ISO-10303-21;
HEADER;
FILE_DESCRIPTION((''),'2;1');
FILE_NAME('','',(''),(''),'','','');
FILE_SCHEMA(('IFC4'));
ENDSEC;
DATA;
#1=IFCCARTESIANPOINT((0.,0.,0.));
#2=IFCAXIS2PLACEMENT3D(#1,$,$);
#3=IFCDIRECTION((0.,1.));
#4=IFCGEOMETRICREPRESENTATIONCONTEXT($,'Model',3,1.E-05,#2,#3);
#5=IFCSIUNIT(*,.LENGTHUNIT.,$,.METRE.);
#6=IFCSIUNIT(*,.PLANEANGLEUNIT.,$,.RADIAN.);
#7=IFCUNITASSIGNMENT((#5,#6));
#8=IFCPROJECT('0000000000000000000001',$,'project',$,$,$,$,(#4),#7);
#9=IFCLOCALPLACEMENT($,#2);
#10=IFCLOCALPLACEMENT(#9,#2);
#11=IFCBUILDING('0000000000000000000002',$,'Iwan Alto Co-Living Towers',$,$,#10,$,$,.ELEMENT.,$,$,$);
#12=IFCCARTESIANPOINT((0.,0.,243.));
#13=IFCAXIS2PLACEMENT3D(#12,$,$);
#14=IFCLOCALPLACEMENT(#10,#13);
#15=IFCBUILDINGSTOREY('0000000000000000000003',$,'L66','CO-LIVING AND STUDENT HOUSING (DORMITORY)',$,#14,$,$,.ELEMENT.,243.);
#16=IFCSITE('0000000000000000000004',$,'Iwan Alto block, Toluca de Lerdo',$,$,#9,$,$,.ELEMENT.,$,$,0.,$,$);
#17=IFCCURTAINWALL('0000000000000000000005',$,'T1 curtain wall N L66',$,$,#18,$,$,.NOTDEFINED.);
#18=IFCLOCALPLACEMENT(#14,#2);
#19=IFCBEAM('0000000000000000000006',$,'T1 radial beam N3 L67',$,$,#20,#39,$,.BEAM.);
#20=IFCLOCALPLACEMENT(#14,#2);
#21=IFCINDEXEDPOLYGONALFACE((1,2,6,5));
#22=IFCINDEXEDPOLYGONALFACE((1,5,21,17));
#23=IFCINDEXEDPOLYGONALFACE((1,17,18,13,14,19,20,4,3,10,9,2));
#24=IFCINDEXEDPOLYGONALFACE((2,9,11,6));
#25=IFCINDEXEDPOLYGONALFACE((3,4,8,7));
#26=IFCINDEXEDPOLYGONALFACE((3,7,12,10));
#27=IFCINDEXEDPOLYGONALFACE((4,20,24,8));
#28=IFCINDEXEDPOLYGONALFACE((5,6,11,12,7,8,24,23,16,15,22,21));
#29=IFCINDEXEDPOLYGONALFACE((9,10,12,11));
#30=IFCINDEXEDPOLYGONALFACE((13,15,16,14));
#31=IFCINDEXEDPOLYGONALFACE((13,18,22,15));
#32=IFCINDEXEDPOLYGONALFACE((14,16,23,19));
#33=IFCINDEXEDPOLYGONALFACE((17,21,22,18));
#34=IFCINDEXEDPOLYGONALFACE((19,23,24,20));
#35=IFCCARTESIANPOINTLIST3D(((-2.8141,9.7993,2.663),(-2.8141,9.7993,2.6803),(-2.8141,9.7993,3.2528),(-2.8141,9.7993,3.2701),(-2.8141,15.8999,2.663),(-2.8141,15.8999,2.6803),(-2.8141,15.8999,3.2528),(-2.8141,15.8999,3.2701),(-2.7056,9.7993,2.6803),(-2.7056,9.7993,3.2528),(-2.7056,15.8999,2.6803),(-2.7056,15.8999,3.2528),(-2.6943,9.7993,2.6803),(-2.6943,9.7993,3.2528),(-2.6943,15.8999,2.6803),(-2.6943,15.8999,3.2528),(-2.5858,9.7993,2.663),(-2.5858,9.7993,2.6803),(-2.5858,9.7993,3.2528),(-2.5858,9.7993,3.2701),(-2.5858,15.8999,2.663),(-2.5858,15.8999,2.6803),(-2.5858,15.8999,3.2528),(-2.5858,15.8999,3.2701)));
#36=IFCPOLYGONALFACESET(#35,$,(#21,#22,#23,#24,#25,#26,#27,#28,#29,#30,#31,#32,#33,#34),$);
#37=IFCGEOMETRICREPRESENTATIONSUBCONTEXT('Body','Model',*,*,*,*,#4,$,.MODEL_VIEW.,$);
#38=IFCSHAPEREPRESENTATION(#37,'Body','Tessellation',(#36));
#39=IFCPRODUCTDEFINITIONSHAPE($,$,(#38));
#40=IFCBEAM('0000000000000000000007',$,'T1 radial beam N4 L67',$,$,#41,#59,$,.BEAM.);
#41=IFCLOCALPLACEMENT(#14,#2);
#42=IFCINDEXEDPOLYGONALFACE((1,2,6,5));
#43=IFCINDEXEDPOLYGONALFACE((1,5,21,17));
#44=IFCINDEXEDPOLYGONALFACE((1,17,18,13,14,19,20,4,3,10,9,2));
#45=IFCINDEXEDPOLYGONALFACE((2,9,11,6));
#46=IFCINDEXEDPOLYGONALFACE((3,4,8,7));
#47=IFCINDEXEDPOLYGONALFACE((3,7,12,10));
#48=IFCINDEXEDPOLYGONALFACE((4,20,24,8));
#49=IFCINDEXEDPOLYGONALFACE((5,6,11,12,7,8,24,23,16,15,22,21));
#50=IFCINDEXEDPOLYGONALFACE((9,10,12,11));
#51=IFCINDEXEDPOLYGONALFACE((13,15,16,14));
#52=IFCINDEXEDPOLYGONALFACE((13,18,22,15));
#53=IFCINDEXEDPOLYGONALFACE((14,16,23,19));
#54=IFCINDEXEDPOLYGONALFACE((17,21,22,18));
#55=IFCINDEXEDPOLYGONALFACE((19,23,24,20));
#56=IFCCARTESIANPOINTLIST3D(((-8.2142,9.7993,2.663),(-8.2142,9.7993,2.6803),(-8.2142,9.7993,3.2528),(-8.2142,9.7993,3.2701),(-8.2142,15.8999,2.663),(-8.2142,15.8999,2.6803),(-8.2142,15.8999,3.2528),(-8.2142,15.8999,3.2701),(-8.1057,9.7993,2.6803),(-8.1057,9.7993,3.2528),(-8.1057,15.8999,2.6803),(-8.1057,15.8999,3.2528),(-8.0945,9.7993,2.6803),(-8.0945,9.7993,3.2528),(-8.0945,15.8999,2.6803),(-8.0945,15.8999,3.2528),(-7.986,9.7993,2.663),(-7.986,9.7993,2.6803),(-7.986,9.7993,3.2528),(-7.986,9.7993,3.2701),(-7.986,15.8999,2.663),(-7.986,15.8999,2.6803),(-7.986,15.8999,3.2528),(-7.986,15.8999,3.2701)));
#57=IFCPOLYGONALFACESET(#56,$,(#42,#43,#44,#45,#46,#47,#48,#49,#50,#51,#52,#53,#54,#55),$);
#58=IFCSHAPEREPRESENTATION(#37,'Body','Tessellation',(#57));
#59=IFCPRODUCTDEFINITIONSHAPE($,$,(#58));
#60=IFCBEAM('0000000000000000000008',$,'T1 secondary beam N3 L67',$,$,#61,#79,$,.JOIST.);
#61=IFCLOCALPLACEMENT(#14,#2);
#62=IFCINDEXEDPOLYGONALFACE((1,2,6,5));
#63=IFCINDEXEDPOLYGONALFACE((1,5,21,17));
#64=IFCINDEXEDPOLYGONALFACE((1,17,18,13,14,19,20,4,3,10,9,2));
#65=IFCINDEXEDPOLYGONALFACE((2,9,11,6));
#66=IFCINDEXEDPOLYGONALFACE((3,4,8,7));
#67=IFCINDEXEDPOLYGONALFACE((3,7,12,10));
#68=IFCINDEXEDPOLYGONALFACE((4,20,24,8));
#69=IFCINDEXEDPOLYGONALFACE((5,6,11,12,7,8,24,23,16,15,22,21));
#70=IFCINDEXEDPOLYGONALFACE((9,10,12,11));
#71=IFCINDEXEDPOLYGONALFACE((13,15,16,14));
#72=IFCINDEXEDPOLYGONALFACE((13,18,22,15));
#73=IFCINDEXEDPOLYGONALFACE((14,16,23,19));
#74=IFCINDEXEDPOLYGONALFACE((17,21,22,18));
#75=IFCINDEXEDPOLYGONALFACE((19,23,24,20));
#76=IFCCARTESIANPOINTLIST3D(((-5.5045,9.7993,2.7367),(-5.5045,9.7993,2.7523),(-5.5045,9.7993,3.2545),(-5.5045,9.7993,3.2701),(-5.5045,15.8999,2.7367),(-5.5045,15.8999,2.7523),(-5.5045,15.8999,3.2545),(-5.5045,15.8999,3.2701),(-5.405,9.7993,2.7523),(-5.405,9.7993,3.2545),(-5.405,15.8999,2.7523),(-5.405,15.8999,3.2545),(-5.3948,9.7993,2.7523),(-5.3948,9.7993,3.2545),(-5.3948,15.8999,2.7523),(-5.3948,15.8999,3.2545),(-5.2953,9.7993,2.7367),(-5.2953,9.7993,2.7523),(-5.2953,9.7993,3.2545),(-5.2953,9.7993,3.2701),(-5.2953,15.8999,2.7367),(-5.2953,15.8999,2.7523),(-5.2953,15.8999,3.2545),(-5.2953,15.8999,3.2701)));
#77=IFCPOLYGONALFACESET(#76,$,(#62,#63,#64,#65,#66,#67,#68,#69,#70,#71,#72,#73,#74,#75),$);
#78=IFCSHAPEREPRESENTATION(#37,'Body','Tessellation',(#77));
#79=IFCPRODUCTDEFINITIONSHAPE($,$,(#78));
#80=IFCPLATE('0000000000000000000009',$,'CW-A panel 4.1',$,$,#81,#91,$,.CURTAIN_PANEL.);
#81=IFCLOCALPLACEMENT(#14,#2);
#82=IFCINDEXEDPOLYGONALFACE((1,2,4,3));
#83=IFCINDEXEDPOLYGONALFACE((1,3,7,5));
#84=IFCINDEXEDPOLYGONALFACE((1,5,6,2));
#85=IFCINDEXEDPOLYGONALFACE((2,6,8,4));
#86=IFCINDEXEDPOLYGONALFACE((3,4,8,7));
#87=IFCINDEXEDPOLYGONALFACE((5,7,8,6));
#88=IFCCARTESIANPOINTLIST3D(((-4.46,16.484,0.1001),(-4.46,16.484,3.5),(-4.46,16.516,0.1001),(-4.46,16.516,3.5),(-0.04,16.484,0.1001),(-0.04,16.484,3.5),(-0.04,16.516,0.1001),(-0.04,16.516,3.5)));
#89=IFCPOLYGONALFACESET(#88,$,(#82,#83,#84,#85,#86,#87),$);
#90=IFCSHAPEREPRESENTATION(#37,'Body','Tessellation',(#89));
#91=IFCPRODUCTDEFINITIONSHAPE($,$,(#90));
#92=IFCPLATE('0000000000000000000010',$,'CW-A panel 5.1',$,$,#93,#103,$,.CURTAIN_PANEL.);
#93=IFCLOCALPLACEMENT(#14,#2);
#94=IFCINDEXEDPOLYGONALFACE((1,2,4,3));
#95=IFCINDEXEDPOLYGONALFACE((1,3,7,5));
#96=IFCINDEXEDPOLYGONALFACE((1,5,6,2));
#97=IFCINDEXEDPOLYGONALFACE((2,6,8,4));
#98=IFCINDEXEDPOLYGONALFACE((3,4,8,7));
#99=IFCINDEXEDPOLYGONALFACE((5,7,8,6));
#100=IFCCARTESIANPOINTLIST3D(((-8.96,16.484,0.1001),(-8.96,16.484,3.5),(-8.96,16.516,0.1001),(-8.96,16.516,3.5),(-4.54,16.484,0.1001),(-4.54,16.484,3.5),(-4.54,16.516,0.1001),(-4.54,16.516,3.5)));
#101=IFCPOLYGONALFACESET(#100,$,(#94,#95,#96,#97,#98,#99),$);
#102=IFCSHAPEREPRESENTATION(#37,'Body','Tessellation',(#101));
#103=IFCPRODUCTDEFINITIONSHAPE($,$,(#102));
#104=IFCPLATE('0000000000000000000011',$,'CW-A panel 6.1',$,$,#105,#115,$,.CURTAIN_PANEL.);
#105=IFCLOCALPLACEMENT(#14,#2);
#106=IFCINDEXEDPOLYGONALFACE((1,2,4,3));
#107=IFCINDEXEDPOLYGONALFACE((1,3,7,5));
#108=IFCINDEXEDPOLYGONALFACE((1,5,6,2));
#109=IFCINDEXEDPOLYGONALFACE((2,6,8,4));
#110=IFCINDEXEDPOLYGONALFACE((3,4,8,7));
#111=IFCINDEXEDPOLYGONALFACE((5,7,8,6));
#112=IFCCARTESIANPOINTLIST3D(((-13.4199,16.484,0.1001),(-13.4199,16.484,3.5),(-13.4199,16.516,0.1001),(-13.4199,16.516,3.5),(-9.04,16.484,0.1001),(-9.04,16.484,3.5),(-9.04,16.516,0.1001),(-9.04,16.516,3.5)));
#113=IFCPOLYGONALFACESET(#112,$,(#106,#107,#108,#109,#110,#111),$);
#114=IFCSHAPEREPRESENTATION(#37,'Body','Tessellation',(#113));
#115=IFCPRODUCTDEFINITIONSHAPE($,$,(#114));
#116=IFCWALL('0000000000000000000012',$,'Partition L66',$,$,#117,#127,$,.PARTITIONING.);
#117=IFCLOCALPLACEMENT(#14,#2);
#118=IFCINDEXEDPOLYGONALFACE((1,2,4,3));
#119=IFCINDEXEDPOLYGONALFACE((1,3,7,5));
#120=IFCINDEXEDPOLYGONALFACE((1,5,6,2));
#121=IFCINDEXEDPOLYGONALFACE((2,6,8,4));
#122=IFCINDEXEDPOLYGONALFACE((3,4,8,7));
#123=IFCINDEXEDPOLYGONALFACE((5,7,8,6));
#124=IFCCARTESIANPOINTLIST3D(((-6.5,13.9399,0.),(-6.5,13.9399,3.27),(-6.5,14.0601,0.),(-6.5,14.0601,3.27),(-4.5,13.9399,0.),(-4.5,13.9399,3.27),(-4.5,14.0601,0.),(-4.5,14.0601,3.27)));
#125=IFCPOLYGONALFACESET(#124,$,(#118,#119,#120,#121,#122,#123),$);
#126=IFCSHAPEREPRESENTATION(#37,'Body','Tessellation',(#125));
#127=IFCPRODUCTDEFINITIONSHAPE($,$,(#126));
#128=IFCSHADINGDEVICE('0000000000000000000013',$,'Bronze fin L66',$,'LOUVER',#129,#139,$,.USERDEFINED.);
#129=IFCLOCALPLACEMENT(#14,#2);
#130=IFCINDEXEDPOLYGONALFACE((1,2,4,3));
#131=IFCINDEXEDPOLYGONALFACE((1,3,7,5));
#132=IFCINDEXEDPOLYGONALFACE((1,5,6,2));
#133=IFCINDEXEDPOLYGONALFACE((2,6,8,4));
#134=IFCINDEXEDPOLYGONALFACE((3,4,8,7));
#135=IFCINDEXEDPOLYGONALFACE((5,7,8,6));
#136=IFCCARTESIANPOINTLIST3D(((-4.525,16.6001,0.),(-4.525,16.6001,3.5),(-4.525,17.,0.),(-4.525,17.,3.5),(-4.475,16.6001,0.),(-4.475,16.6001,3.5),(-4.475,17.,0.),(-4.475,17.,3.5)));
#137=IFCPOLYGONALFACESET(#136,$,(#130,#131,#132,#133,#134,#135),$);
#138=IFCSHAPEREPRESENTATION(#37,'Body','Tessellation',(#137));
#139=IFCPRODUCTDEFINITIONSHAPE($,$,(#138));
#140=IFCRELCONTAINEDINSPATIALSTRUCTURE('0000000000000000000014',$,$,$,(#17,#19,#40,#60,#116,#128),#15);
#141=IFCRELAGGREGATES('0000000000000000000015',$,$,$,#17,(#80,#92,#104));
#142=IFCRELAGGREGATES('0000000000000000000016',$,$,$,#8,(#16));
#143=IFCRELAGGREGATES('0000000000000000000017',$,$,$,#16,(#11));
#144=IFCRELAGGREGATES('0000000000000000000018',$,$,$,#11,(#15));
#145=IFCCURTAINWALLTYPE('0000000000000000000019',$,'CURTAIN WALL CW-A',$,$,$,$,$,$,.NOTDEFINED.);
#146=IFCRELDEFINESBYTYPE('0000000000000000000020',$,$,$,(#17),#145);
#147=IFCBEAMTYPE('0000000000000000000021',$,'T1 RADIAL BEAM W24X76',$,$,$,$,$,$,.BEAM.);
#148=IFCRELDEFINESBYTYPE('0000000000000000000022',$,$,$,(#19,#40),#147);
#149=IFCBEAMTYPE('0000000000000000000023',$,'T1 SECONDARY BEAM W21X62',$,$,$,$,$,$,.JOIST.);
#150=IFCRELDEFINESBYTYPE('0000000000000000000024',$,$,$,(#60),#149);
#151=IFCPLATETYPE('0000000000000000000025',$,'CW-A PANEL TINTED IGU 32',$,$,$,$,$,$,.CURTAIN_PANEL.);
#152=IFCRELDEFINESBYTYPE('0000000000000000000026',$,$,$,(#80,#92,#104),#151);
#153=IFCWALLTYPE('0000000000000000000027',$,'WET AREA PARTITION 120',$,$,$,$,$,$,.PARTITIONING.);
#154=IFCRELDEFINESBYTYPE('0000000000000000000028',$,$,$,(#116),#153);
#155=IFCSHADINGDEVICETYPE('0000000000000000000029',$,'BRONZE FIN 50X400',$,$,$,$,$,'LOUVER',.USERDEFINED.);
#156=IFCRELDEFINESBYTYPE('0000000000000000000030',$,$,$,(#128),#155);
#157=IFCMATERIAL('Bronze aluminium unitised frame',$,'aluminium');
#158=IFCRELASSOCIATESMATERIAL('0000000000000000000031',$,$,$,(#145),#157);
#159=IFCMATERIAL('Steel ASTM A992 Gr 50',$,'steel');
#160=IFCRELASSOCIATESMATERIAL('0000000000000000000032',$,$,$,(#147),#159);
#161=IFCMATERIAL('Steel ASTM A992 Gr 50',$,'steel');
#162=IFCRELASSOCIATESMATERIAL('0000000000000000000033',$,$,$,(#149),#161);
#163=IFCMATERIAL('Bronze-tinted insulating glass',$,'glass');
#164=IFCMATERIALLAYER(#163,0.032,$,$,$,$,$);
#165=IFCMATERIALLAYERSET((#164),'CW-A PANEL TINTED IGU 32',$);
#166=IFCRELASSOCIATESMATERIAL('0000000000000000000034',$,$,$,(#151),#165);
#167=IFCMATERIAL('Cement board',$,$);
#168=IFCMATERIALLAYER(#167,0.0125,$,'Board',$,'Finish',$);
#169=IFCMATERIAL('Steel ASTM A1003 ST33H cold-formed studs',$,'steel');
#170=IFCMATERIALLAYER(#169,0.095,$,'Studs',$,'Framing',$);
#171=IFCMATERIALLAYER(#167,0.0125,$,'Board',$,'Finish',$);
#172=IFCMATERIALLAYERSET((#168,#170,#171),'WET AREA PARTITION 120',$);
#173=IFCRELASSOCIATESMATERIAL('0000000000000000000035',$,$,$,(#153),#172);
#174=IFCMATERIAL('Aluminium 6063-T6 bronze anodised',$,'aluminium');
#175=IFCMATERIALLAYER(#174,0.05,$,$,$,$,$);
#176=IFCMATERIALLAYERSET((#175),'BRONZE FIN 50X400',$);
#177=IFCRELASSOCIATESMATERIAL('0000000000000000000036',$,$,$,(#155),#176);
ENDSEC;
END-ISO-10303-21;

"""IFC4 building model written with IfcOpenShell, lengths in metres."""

from ifc_helpers import new_model, si_unit, direction, frame, frame_2d, origin, origin_2d, place, context, subcontext, project, spatial, rectangle, i_section, extrude, material, layer, layer_set, material_profile, profile_set, type_object, element, aggregate, save


model = new_model("IFC4")

# Units and contexts
model_context = context("Model", 3, precision=1e-05, world=origin(), true_north=direction((0.0, 1.0)))
body_context = subcontext(model_context, "Body", "Model", "MODEL_VIEW")
ifc_project = project(units=[si_unit("LENGTHUNIT", "METRE"), si_unit("PLANEANGLEUNIT", "RADIAN")], contexts=[model_context])

# Site, building, storey
site_placement = place(None, origin())
site = spatial("IfcSite", under=ifc_project, at=site_placement, Name="Iwan Alto block, Toluca de Lerdo", CompositionType="ELEMENT", RefElevation=0.0)
building_placement = place(site_placement, origin())
building = spatial("IfcBuilding", under=site, at=building_placement, Name="Iwan Alto Co-Living Towers", CompositionType="ELEMENT")
storey_placement = place(building_placement, frame((0.0, 0.0, 243.0)))
storey = spatial("IfcBuildingStorey", under=building, at=storey_placement, Name="L66", Description="CO-LIVING AND STUDENT HOUSING (DORMITORY)", CompositionType="ELEMENT", Elevation=243.0)

# Curtain wall
ifc_material_1 = material(Name="Bronze aluminium unitised frame", Category="aluminium")
curtain_wall_type_1 = type_object("IfcCurtainWallType", Name="CURTAIN WALL CW-A", PredefinedType="NOTDEFINED", material=ifc_material_1)
curtain_wall_1_placement = place(storey_placement, origin())
curtain_wall_1 = element("IfcCurtainWall", 1, at=curtain_wall_1_placement, inside=storey, type_object=curtain_wall_type_1, Name="T1 curtain wall N L66", PredefinedType="NOTDEFINED")

# Beams
ifc_material_2 = material(Name="Steel ASTM A992 Gr 50", Category="steel")
ifc_material_profile_1 = material_profile(ifc_material_2, i_section(OverallWidth=0.2283, OverallDepth=0.6072, WebThickness=0.0112, FlangeThickness=0.0173, at=origin_2d()), Name="W24X76")
ifc_profile_set_1 = profile_set([ifc_material_profile_1], Name="Steel ASTM A992 Gr 50")
beam_type_1 = type_object("IfcBeamType", Name="T1 RADIAL BEAM W24X76", PredefinedType="BEAM", material=ifc_profile_set_1)
for number, where, z_axis, x_axis, name in (
    (2, (-2.7, 15.8999, 2.9666), (0.0, -1.0, 0.0), (1.0, 0.0, 0.0), "T1 radial beam N3 L67"),
    (3, (-8.1001, 15.8999, 2.9666), (0.0, -1.0, 0.0), (1.0, 0.0, 0.0), "T1 radial beam N4 L67"),
):
    element("IfcBeam", number, at=place(storey_placement, frame(where, z_axis=z_axis, x_axis=x_axis)), inside=storey, type_object=beam_type_1, Name=name, PredefinedType="BEAM", context=body_context, shape_type="SweptSolid", body=[
        extrude(i_section(OverallWidth=0.2283, OverallDepth=0.6072, WebThickness=0.0112, FlangeThickness=0.0173, at=origin_2d()), origin(), (0.0, 0.0, 1.0), 6.1006),
    ])
ifc_material_3 = material(Name="Steel ASTM A992 Gr 50", Category="steel")
ifc_material_profile_2 = material_profile(ifc_material_3, i_section(OverallWidth=0.2092, OverallDepth=0.5334, WebThickness=0.0103, FlangeThickness=0.0156, at=origin_2d()), Name="W21X62")
ifc_profile_set_2 = profile_set([ifc_material_profile_2], Name="Steel ASTM A992 Gr 50")
beam_type_2 = type_object("IfcBeamType", Name="T1 SECONDARY BEAM W21X62", PredefinedType="JOIST", material=ifc_profile_set_2)
beam_1_placement = place(storey_placement, frame((-5.3999, 15.8999, 3.0034), z_axis=(0.0, -1.0, 0.0), x_axis=(1.0, 0.0, 0.0)))
element("IfcBeam", 4, at=beam_1_placement, inside=storey, type_object=beam_type_2, Name="T1 secondary beam N3 L67", PredefinedType="JOIST", context=body_context, shape_type="SweptSolid", body=[
    extrude(i_section(OverallWidth=0.2092, OverallDepth=0.5334, WebThickness=0.0103, FlangeThickness=0.0156, at=origin_2d()), origin(), (0.0, 0.0, 1.0), 6.1006),
])

# Plates
ifc_material_4 = material(Name="Bronze-tinted insulating glass", Category="glass")
ifc_layer_1 = layer(ifc_material_4, 0.032)
ifc_layer_set_1 = layer_set([ifc_layer_1], Name="CW-A PANEL TINTED IGU 32")
plate_type = type_object("IfcPlateType", Name="CW-A PANEL TINTED IGU 32", PredefinedType="CURTAIN_PANEL", material=ifc_layer_set_1)
plate_1_placement = place(storey_placement, frame((-2.25, 16.5, 0.1001), z_axis=(0.0, 0.0, 1.0), x_axis=(-1.0, 0.0, 0.0)))
plate_1 = element("IfcPlate", 5, at=plate_1_placement, type_object=plate_type, Name="CW-A panel 4.1", PredefinedType="CURTAIN_PANEL", context=body_context, shape_type="SweptSolid", body=[
    extrude(rectangle(XDim=4.4199, YDim=0.032, at=origin_2d()), origin(), (0.0, 0.0, 1.0), 3.3999),
])
plate_2_placement = place(storey_placement, frame((-6.75, 16.5, 0.1001), z_axis=(0.0, 0.0, 1.0), x_axis=(-1.0, 0.0, 0.0)))
plate_2 = element("IfcPlate", 6, at=plate_2_placement, type_object=plate_type, Name="CW-A panel 5.1", PredefinedType="CURTAIN_PANEL", context=body_context, shape_type="SweptSolid", body=[
    extrude(rectangle(XDim=4.4199, YDim=0.032, at=origin_2d()), origin(), (0.0, 0.0, 1.0), 3.3999),
])
plate_3_placement = place(storey_placement, frame((-11.23, 16.5, 0.1001), z_axis=(0.0, 0.0, 1.0), x_axis=(-1.0, 0.0, 0.0)))
plate_3 = element("IfcPlate", 7, at=plate_3_placement, type_object=plate_type, Name="CW-A panel 6.1", PredefinedType="CURTAIN_PANEL", context=body_context, shape_type="SweptSolid", body=[
    extrude(rectangle(XDim=4.3799, YDim=0.032, at=origin_2d()), origin(), (0.0, 0.0, 1.0), 3.3999),
])
aggregate(curtain_wall_1, [plate_1, plate_2, plate_3])

# Wall
ifc_material_5 = material(Name="Cement board")
ifc_layer_2 = layer(ifc_material_5, 0.0125, Name="Board", Category="Finish")
ifc_material_6 = material(Name="Steel ASTM A1003 ST33H cold-formed studs", Category="steel")
ifc_layer_3 = layer(ifc_material_6, 0.095, Name="Studs", Category="Framing")
ifc_layer_4 = layer(ifc_material_5, 0.0125, Name="Board", Category="Finish")
ifc_layer_set_2 = layer_set([ifc_layer_2, ifc_layer_3, ifc_layer_4], Name="WET AREA PARTITION 120")
wall_type = type_object("IfcWallType", Name="WET AREA PARTITION 120", PredefinedType="PARTITIONING", material=ifc_layer_set_2)
wall_placement = place(storey_placement, frame((-6.5, 14.0, 0.0), z_axis=(0.0, 0.0, 1.0), x_axis=(1.0, 0.0, 0.0)))
element("IfcWall", 8, at=wall_placement, inside=storey, type_object=wall_type, Name="Partition L66", PredefinedType="PARTITIONING", context=body_context, shape_type="SweptSolid", body=[
    extrude(rectangle(XDim=2.0, YDim=0.1201, at=frame_2d((1.0, 0.0))), origin(), (0.0, 0.0, 1.0), 3.27),
])

# Shading device
ifc_material_7 = material(Name="Aluminium 6063-T6 bronze anodised", Category="aluminium")
ifc_layer_5 = layer(ifc_material_7, 0.05)
ifc_layer_set_3 = layer_set([ifc_layer_5], Name="BRONZE FIN 50X400")
shading_device_type = type_object("IfcShadingDeviceType", Name="BRONZE FIN 50X400", ElementType="LOUVER", PredefinedType="USERDEFINED", material=ifc_layer_set_3)
shading_device_placement = place(storey_placement, frame((-4.5, 16.8, 0.0), z_axis=(0.0, 0.0, 1.0), x_axis=(-1.0, 0.0, 0.0)))
element("IfcShadingDevice", 9, at=shading_device_placement, inside=storey, type_object=shading_device_type, Name="Bronze fin L66", ObjectType="LOUVER", PredefinedType="USERDEFINED", context=body_context, shape_type="SweptSolid", body=[
    extrude(rectangle(XDim=0.05, YDim=0.3999, at=origin_2d()), origin(), (0.0, 0.0, 1.0), 3.5),
])

save(model, "model.ifc")
